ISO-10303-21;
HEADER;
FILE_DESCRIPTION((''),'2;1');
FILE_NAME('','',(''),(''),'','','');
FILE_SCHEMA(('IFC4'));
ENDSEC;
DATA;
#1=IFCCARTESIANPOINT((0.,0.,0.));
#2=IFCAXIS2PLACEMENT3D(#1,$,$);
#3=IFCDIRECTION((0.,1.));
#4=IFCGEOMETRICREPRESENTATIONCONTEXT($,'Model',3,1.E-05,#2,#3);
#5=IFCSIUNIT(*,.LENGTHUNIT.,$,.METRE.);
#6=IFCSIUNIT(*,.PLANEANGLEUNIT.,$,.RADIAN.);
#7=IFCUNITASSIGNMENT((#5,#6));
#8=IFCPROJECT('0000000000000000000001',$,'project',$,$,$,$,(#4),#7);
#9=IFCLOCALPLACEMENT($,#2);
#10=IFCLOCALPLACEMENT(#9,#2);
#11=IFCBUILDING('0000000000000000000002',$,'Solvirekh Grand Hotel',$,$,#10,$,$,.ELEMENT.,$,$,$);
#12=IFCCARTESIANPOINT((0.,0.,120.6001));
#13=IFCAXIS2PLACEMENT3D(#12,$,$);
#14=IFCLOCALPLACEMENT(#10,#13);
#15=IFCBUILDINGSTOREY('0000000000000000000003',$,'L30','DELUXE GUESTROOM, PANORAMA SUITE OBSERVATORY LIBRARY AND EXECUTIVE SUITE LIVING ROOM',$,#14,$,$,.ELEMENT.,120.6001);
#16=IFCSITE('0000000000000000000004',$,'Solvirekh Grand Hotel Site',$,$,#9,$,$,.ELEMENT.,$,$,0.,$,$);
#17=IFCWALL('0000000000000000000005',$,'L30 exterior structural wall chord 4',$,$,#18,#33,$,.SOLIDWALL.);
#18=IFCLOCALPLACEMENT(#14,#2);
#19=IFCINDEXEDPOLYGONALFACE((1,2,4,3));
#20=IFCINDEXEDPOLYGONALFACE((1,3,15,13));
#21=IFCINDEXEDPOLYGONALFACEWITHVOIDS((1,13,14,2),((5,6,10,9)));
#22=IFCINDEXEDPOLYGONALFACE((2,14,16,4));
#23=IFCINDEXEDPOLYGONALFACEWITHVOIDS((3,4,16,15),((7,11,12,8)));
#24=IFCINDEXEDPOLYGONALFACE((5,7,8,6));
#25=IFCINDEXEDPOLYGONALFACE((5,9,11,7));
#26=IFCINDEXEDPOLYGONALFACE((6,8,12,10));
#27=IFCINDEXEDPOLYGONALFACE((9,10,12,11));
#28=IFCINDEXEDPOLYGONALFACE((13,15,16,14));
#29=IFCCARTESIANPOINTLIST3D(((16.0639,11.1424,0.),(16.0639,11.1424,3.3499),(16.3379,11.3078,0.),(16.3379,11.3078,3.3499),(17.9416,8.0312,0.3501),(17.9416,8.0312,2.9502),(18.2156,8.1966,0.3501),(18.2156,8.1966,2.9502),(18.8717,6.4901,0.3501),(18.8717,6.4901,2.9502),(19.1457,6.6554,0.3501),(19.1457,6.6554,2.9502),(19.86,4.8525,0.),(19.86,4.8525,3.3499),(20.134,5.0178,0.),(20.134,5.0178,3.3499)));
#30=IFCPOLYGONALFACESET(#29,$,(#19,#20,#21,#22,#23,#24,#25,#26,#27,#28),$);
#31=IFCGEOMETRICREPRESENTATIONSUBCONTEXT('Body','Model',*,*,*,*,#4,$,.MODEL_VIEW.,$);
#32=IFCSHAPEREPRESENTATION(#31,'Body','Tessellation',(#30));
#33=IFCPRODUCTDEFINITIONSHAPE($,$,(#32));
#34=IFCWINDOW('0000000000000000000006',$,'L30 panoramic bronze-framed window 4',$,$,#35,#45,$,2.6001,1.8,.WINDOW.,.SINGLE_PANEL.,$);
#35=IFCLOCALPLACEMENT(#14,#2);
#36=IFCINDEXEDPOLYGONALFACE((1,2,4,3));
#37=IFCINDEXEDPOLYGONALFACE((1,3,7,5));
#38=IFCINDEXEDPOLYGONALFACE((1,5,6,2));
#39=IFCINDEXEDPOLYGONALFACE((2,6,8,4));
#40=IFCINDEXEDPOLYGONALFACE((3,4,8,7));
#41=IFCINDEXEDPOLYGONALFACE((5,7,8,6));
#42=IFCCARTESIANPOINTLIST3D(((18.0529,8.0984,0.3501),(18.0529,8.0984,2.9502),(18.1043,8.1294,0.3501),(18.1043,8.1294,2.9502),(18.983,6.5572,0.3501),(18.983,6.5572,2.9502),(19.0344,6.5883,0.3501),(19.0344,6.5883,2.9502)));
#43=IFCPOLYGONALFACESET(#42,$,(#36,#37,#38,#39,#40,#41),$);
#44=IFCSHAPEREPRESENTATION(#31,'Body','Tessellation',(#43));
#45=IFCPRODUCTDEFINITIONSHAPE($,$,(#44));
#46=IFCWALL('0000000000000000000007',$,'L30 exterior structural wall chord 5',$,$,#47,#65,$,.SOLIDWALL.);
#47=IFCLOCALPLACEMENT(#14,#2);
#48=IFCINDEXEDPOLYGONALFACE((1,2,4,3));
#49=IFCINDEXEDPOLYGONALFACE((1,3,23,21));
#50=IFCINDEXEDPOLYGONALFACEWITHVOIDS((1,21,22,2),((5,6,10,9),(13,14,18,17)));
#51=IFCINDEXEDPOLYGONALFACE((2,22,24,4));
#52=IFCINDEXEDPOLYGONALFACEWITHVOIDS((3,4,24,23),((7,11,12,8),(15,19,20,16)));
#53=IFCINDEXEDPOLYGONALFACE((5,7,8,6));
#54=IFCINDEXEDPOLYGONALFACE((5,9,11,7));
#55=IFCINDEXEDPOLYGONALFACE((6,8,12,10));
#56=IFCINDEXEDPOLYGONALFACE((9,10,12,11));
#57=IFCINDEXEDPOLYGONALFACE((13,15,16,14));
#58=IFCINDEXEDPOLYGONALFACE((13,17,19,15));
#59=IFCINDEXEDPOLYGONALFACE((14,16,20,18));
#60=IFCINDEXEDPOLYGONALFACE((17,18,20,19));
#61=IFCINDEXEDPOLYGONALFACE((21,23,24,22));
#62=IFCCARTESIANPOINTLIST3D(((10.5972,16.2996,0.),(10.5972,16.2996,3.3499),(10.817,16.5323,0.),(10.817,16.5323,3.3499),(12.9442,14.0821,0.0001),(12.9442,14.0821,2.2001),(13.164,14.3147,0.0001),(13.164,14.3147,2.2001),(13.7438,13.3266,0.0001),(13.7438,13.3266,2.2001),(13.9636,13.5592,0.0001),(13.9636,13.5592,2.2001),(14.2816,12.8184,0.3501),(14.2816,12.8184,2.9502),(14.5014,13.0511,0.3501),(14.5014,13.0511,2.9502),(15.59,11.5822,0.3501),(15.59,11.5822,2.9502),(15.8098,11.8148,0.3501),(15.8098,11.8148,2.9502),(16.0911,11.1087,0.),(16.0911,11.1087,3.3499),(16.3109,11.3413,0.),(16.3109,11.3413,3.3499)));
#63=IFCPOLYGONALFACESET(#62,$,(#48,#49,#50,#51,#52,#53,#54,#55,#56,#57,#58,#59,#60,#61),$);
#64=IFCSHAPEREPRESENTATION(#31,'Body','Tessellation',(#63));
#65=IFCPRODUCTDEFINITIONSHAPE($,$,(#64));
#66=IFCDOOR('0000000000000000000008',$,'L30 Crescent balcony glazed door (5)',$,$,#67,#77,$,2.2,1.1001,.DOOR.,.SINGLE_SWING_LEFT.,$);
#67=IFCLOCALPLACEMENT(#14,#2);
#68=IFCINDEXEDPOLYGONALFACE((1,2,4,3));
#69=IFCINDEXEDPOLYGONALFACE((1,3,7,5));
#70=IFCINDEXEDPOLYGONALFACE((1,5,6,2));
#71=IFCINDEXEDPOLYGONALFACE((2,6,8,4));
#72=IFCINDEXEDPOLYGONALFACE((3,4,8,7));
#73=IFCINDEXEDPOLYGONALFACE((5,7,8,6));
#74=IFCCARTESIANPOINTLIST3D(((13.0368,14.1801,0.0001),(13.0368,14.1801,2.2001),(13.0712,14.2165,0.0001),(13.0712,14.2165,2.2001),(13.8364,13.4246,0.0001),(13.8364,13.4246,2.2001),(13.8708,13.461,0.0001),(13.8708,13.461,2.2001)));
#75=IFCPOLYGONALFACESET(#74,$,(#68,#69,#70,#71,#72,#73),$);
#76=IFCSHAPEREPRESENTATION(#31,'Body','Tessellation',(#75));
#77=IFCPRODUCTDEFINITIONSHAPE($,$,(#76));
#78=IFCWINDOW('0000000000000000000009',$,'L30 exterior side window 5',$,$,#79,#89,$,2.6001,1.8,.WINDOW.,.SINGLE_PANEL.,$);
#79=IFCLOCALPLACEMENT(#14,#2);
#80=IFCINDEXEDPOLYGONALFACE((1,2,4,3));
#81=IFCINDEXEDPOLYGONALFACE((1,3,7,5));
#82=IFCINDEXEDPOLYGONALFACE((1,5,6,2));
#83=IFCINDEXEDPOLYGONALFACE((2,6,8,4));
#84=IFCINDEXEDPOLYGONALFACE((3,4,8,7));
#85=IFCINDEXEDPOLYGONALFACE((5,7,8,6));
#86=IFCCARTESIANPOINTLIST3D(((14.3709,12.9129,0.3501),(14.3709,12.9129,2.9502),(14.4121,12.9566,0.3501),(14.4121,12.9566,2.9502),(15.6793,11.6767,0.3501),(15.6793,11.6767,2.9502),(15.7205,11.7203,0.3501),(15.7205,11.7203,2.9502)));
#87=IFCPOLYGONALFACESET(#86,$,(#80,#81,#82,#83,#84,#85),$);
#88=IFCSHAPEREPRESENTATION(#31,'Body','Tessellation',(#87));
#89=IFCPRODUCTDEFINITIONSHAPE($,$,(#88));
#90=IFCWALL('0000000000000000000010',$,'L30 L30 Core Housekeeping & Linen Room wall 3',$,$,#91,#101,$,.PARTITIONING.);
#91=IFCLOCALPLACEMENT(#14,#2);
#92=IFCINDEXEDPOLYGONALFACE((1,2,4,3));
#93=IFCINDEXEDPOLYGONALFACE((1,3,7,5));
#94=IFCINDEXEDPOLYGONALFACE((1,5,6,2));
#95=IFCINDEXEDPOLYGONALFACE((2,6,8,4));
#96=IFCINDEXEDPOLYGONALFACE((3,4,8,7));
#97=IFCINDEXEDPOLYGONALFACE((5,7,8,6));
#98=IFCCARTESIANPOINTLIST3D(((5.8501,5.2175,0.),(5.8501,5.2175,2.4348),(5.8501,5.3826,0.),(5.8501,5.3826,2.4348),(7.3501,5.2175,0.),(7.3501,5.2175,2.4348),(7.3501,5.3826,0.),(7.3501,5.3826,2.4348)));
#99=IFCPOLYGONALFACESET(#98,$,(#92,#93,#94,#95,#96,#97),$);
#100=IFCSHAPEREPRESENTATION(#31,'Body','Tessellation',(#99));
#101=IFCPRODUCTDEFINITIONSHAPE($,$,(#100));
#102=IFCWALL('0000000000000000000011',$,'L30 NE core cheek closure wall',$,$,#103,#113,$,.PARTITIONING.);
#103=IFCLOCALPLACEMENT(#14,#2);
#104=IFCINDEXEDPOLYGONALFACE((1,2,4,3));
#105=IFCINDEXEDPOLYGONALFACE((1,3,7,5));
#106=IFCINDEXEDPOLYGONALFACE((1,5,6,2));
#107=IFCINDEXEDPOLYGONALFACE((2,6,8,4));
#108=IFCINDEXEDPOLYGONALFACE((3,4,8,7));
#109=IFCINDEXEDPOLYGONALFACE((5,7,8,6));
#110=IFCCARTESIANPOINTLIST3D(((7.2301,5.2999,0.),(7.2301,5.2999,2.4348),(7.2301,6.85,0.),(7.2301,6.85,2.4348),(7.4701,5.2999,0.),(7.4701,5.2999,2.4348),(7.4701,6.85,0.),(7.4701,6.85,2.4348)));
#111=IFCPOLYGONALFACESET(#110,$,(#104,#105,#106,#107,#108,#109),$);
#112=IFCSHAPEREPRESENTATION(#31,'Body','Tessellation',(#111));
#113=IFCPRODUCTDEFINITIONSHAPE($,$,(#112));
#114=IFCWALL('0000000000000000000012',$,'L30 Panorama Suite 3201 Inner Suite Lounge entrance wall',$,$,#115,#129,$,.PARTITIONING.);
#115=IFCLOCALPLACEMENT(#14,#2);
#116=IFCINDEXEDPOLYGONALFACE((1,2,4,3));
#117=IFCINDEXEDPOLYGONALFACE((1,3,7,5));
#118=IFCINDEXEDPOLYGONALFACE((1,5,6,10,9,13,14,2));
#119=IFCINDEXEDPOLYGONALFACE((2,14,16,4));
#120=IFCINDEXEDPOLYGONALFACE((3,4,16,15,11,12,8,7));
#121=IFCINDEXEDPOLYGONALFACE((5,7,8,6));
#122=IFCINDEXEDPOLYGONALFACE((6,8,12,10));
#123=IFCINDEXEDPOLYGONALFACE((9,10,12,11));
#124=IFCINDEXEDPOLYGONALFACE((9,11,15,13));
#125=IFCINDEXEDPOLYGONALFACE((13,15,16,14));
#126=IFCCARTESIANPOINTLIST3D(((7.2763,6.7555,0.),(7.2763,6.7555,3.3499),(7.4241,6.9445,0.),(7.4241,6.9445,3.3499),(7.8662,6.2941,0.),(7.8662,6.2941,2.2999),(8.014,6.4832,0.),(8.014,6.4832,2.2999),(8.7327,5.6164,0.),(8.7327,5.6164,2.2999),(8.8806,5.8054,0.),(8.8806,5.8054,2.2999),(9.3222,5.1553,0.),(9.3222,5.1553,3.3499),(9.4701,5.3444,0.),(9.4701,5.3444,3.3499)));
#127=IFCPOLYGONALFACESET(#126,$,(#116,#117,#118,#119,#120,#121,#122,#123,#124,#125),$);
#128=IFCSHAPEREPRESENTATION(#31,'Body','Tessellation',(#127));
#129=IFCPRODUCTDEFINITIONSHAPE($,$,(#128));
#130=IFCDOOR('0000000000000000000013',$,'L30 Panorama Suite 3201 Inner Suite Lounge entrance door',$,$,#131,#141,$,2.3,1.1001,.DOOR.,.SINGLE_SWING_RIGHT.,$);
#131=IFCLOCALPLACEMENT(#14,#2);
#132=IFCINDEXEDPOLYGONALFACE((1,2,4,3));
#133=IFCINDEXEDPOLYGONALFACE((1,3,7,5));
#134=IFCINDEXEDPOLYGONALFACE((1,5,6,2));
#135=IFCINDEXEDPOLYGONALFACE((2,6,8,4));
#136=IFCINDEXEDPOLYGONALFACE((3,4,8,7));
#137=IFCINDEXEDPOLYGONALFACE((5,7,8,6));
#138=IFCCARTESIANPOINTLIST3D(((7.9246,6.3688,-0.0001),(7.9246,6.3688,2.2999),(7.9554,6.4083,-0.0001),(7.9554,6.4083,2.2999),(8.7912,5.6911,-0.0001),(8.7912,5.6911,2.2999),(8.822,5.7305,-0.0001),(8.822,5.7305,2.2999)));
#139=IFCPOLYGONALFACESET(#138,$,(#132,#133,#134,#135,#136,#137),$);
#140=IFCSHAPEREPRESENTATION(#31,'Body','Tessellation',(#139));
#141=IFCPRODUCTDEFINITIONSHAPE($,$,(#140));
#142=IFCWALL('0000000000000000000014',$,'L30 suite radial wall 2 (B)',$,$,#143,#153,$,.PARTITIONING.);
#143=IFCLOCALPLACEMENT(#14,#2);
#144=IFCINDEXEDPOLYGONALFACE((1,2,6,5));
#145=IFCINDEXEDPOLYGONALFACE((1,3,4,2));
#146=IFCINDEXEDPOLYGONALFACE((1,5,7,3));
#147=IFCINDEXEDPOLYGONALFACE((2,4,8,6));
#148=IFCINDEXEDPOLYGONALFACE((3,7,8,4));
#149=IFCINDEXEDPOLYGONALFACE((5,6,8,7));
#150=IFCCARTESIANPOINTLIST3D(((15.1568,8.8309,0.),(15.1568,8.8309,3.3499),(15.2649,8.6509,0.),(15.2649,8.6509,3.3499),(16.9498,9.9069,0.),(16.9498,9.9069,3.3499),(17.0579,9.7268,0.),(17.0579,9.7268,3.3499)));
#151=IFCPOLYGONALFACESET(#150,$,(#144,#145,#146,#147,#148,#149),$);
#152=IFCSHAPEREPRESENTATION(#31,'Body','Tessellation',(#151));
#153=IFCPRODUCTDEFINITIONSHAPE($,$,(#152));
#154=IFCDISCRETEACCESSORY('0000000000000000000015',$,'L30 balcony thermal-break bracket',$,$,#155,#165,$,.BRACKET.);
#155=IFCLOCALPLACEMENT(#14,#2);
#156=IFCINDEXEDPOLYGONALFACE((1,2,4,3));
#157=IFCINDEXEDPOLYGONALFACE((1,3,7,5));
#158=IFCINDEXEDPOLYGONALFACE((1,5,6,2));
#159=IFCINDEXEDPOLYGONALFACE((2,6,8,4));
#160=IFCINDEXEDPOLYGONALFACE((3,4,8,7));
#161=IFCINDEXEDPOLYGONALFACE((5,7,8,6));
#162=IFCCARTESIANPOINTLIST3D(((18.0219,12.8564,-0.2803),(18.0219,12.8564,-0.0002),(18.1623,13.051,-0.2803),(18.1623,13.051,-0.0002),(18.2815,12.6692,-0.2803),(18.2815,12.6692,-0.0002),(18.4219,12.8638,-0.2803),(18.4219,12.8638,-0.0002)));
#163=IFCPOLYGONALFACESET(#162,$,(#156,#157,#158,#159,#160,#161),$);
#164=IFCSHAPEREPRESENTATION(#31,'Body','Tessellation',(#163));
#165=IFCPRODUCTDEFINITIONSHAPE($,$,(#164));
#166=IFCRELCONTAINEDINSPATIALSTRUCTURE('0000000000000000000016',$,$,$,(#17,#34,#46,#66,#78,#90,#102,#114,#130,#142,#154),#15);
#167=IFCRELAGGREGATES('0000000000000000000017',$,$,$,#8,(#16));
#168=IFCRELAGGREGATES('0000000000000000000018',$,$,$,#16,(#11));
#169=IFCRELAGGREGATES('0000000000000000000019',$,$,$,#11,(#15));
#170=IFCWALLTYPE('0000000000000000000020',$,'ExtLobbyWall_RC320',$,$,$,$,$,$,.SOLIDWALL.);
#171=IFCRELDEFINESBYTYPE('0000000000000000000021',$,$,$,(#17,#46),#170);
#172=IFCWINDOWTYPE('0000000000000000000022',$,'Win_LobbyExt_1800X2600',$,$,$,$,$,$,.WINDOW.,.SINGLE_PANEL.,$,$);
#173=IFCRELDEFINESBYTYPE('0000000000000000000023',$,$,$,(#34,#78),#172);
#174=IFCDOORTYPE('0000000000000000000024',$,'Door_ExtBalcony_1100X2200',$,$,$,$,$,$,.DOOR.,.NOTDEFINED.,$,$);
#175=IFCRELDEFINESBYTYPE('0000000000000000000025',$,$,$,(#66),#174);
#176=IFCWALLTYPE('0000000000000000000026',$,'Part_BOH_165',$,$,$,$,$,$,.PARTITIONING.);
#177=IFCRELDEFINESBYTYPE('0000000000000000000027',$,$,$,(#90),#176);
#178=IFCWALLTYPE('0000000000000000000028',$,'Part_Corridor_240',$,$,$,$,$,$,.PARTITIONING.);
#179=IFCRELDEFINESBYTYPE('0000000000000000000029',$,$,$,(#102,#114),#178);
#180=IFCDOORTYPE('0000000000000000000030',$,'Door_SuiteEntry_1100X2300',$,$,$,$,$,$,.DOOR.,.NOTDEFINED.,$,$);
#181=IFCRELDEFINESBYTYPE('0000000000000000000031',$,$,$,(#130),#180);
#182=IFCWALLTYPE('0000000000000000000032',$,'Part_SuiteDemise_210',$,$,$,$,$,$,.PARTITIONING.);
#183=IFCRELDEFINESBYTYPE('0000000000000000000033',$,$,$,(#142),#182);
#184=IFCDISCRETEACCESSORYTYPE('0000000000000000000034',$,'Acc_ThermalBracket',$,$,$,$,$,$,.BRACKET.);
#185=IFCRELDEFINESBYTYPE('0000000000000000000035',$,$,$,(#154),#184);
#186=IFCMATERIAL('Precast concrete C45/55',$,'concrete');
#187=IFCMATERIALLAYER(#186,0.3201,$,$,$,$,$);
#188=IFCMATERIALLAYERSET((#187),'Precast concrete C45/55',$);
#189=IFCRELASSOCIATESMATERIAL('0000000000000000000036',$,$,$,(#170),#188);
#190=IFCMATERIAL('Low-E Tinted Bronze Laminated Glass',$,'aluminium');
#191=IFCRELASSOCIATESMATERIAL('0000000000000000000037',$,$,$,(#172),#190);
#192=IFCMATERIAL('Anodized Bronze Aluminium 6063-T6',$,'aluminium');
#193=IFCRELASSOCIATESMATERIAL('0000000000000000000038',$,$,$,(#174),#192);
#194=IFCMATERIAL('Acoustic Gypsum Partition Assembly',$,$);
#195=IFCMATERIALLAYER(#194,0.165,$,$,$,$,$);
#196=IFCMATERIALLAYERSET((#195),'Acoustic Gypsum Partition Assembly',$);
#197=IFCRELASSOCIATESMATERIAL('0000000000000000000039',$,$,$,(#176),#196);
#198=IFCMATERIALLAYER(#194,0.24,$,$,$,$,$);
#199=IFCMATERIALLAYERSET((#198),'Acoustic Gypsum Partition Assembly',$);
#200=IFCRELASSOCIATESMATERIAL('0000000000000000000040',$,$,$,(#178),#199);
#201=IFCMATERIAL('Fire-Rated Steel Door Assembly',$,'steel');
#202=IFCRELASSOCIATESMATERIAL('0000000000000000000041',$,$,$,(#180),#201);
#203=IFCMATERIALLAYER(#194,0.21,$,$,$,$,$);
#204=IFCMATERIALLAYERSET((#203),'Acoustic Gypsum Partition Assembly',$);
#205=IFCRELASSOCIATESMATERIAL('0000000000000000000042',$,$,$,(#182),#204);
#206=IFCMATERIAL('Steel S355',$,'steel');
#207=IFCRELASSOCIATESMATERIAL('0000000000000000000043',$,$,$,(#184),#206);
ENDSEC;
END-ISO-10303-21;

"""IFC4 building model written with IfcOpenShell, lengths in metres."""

from ifc_helpers import new_model, si_unit, direction, frame, frame_2d, origin, origin_2d, place, context, subcontext, project, spatial, rectangle, extrude, material, layer, layer_set, type_object, element, fill, save


model = new_model("IFC4")

# Units and contexts
model_context = context("Model", 3, precision=1e-05, world=origin(), true_north=direction((0.0, 1.0)))
body_context = subcontext(model_context, "Body", "Model", "MODEL_VIEW")
ifc_project = project(units=[si_unit("LENGTHUNIT", "METRE"), si_unit("PLANEANGLEUNIT", "RADIAN")], contexts=[model_context])

# Site, building, storey
site_placement = place(None, origin())
site = spatial("IfcSite", under=ifc_project, at=site_placement, Name="Solvirekh Grand Hotel Site", CompositionType="ELEMENT", RefElevation=0.0)
building_placement = place(site_placement, origin())
building = spatial("IfcBuilding", under=site, at=building_placement, Name="Solvirekh Grand Hotel", CompositionType="ELEMENT")
storey_placement = place(building_placement, frame((0.0, 0.0, 120.6001)))
storey = spatial("IfcBuildingStorey", under=building, at=storey_placement, Name="L30", Description="DELUXE GUESTROOM, PANORAMA SUITE OBSERVATORY LIBRARY AND EXECUTIVE SUITE LIVING ROOM", CompositionType="ELEMENT", Elevation=120.6001)

# Shared definitions
ifc_material_1 = material(Name="Steel S355", Category="steel")

# Wall, opening, window
ifc_material_2 = material(Name="Precast concrete C45/55", Category="concrete")
ifc_layer_1 = layer(ifc_material_2, 0.3201)
ifc_layer_set_1 = layer_set([ifc_layer_1], Name="Precast concrete C45/55")
wall_type_1 = type_object("IfcWallType", Name="ExtLobbyWall_RC320", PredefinedType="SOLIDWALL", material=ifc_layer_set_1)
wall_1_placement = place(storey_placement, frame((16.2009, 11.2251, 0.0), z_axis=(0.0, 0.0, 1.0), x_axis=(0.516708, -0.856162, 0.0)))
wall_1 = element("IfcWall", 1, at=wall_1_placement, inside=storey, type_object=wall_type_1, Name="L30 exterior structural wall chord 4", PredefinedType="SOLIDWALL", context=body_context, shape_type="SweptSolid", body=[
    extrude(rectangle(XDim=7.3467, YDim=0.3201, at=frame_2d((3.6733, 0.0))), origin(), (0.0, 0.0, 1.0), 3.3499),
])
opening_1_placement = place(wall_1_placement, frame((3.634, 0.0, 0.3501)))
opening_1 = element("IfcOpeningElement", 2, at=opening_1_placement, cuts=wall_1, PredefinedType="OPENING", context=body_context, shape_type="SweptSolid", body=[
    extrude(rectangle(XDim=1.8, YDim=2.6001, at=frame_2d((0.8999, 1.3))), frame((0.0, 0.1699, 0.0), z_axis=(0.0, -1.0, 0.0), x_axis=(1.0, 0.0, 0.0)), (0.0, 0.0, 1.0), 0.3401),
])
ifc_material_3 = material(Name="Low-E Tinted Bronze Laminated Glass", Category="aluminium")
window_type = type_object("IfcWindowType", Name="Win_LobbyExt_1800X2600", PartitioningType="SINGLE_PANEL", PredefinedType="WINDOW", material=ifc_material_3)
window_1_placement = place(opening_1_placement, origin())
window_1 = element("IfcWindow", 3, at=window_1_placement, inside=storey, type_object=window_type, Name="L30 panoramic bronze-framed window 4", OverallHeight=2.6001, OverallWidth=1.8, PartitioningType="SINGLE_PANEL", PredefinedType="WINDOW", context=body_context, shape_type="SweptSolid", body=[
    extrude(rectangle(XDim=1.8, YDim=2.6001, at=frame_2d((0.8999, 1.3))), frame((0.0, 0.03, 0.0), z_axis=(0.0, -1.0, 0.0), x_axis=(1.0, 0.0, 0.0)), (0.0, 0.0, 1.0), 0.0601),
])
fill(opening_1, window_1)

# Wall, openings, door, window
wall_2_placement = place(storey_placement, frame((10.707, 16.416, 0.0), z_axis=(0.0, 0.0, 1.0), x_axis=(0.726865, -0.68678, 0.0)))
wall_2 = element("IfcWall", 4, at=wall_2_placement, inside=storey, type_object=wall_type_1, Name="L30 exterior structural wall chord 5", PredefinedType="SOLIDWALL", context=body_context, shape_type="SweptSolid", body=[
    extrude(rectangle(XDim=7.5583, YDim=0.3201, at=frame_2d((3.7793, 0.0))), origin(), (0.0, 0.0, 1.0), 3.3499),
])
opening_2_placement = place(wall_2_placement, frame((5.0691, 0.0, 0.3501)))
opening_2 = element("IfcOpeningElement", 5, at=opening_2_placement, cuts=wall_2, PredefinedType="OPENING", context=body_context, shape_type="SweptSolid", body=[
    extrude(rectangle(XDim=1.8, YDim=2.6001, at=frame_2d((0.8999, 1.3))), frame((0.0, 0.1699, 0.0), z_axis=(0.0, -1.0, 0.0), x_axis=(1.0, 0.0, 0.0)), (0.0, 0.0, 1.0), 0.3401),
])
opening_3_placement = place(wall_2_placement, frame((3.229, 0.0, 0.0)))
opening_3 = element("IfcOpeningElement", 6, at=opening_3_placement, cuts=wall_2, PredefinedType="OPENING", context=body_context, shape_type="SweptSolid", body=[
    extrude(rectangle(XDim=1.1001, YDim=2.2, at=frame_2d((0.55, 1.1001))), frame((0.0, 0.1699, 0.0), z_axis=(0.0, -1.0, 0.0), x_axis=(1.0, 0.0, 0.0)), (0.0, 0.0, 1.0), 0.3401),
])
ifc_material_4 = material(Name="Anodized Bronze Aluminium 6063-T6", Category="aluminium")
door_type_1 = type_object("IfcDoorType", Name="Door_ExtBalcony_1100X2200", OperationType="NOTDEFINED", PredefinedType="DOOR", material=ifc_material_4)
door_1_placement = place(opening_3_placement, origin())
door_1 = element("IfcDoor", 7, at=door_1_placement, inside=storey, type_object=door_type_1, Name="L30 Crescent balcony glazed door (5)", OperationType="SINGLE_SWING_LEFT", OverallHeight=2.2, OverallWidth=1.1001, PredefinedType="DOOR", context=body_context, shape_type="SweptSolid", body=[
    extrude(rectangle(XDim=1.1001, YDim=2.2, at=frame_2d((0.55, 1.1001))), frame((0.0, 0.0249, 0.0), z_axis=(0.0, -1.0, 0.0), x_axis=(1.0, 0.0, 0.0)), (0.0, 0.0, 1.0), 0.05),
])
fill(opening_3, door_1)
window_2_placement = place(opening_2_placement, origin())
window_2 = element("IfcWindow", 8, at=window_2_placement, inside=storey, type_object=window_type, Name="L30 exterior side window 5", OverallHeight=2.6001, OverallWidth=1.8, PartitioningType="SINGLE_PANEL", PredefinedType="WINDOW", context=body_context, shape_type="SweptSolid", body=[
    extrude(rectangle(XDim=1.8, YDim=2.6001, at=frame_2d((0.8999, 1.3))), frame((0.0, 0.03, 0.0), z_axis=(0.0, -1.0, 0.0), x_axis=(1.0, 0.0, 0.0)), (0.0, 0.0, 1.0), 0.0601),
])
fill(opening_2, window_2)

# Walls
ifc_material_5 = material(Name="Acoustic Gypsum Partition Assembly")
ifc_layer_2 = layer(ifc_material_5, 0.165)
ifc_layer_set_2 = layer_set([ifc_layer_2], Name="Acoustic Gypsum Partition Assembly")
wall_type_2 = type_object("IfcWallType", Name="Part_BOH_165", PredefinedType="PARTITIONING", material=ifc_layer_set_2)
wall_3_placement = place(storey_placement, frame((7.3501, 5.3, 0.0), z_axis=(0.0, 0.0, 1.0), x_axis=(-1.0, 0.0, 0.0)))
element("IfcWall", 9, at=wall_3_placement, inside=storey, type_object=wall_type_2, Name="L30 L30 Core Housekeeping & Linen Room wall 3", PredefinedType="PARTITIONING", context=body_context, shape_type="SweptSolid", body=[
    extrude(rectangle(XDim=1.5, YDim=0.165, at=frame_2d((0.75, 0.0))), origin(), (0.0, 0.0, 1.0), 2.4348),
])
ifc_layer_3 = layer(ifc_material_5, 0.24)
ifc_layer_set_3 = layer_set([ifc_layer_3], Name="Acoustic Gypsum Partition Assembly")
wall_type_3 = type_object("IfcWallType", Name="Part_Corridor_240", PredefinedType="PARTITIONING", material=ifc_layer_set_3)
wall_4_placement = place(storey_placement, frame((7.3501, 5.3, 0.0), z_axis=(0.0, 0.0, 1.0), x_axis=(0.0, 1.0, 0.0)))
element("IfcWall", 10, at=wall_4_placement, inside=storey, type_object=wall_type_3, Name="L30 NE core cheek closure wall", PredefinedType="PARTITIONING", context=body_context, shape_type="SweptSolid", body=[
    extrude(rectangle(XDim=1.55, YDim=0.24, at=frame_2d((0.7749, 0.0))), origin(), (0.0, 0.0, 1.0), 2.4348),
])

# Wall, opening, door
wall_5_placement = place(storey_placement, frame((7.3501, 6.8501, 0.0), z_axis=(0.0, 0.0, 1.0), x_axis=(0.787699, -0.61606, 0.0)))
wall_5 = element("IfcWall", 11, at=wall_5_placement, inside=storey, type_object=wall_type_3, Name="L30 Panorama Suite 3201 Inner Suite Lounge entrance wall", PredefinedType="PARTITIONING", context=body_context, shape_type="SweptSolid", body=[
    extrude(rectangle(XDim=2.5974, YDim=0.24, at=frame_2d((1.2988, 0.0))), origin(), (0.0, 0.0, 1.0), 3.3499),
])
opening_4_placement = place(wall_5_placement, frame((0.749, 0.0, 0.0)))
opening_4 = element("IfcOpeningElement", 12, at=opening_4_placement, cuts=wall_5, PredefinedType="OPENING", context=body_context, shape_type="SweptSolid", body=[
    extrude(rectangle(XDim=1.1001, YDim=2.3, at=frame_2d((0.55, 1.1499))), frame((0.0, 0.1299, 0.0), z_axis=(0.0, -1.0, 0.0), x_axis=(1.0, 0.0, 0.0)), (0.0, 0.0, 1.0), 0.26),
])
ifc_material_6 = material(Name="Fire-Rated Steel Door Assembly", Category="steel")
door_type_2 = type_object("IfcDoorType", Name="Door_SuiteEntry_1100X2300", OperationType="NOTDEFINED", PredefinedType="DOOR", material=ifc_material_6)
door_2_placement = place(opening_4_placement, origin())
door_2 = element("IfcDoor", 13, at=door_2_placement, inside=storey, type_object=door_type_2, Name="L30 Panorama Suite 3201 Inner Suite Lounge entrance door", OperationType="SINGLE_SWING_RIGHT", OverallHeight=2.3, OverallWidth=1.1001, PredefinedType="DOOR", context=body_context, shape_type="SweptSolid", body=[
    extrude(rectangle(XDim=1.1001, YDim=2.3, at=frame_2d((0.55, 1.1499))), frame((0.0, 0.0249, 0.0), z_axis=(0.0, -1.0, 0.0), x_axis=(1.0, 0.0, 0.0)), (0.0, 0.0, 1.0), 0.05),
])
fill(opening_4, door_2)

# Wall
ifc_layer_4 = layer(ifc_material_5, 0.21)
ifc_layer_set_4 = layer_set([ifc_layer_4], Name="Acoustic Gypsum Partition Assembly")
wall_type_4 = type_object("IfcWallType", Name="Part_SuiteDemise_210", PredefinedType="PARTITIONING", material=ifc_layer_set_4)
wall_6_placement = place(storey_placement, frame((15.2109, 8.741, 0.0), z_axis=(0.0, 0.0, 1.0), x_axis=(0.857462, 0.514547, 0.0)))
element("IfcWall", 14, at=wall_6_placement, inside=storey, type_object=wall_type_4, Name="L30 suite radial wall 2 (B)", PredefinedType="PARTITIONING", context=body_context, shape_type="SweptSolid", body=[
    extrude(rectangle(XDim=2.0911, YDim=0.21, at=frame_2d((1.0454, 0.0))), origin(), (0.0, 0.0, 1.0), 3.3499),
])

# Discrete accessory
discrete_accessory_type = type_object("IfcDiscreteAccessoryType", Name="Acc_ThermalBracket", PredefinedType="BRACKET", material=ifc_material_1)
discrete_accessory_placement = place(storey_placement, frame((18.2219, 12.8601, -0.2803), z_axis=(0.0, 0.0, 1.0), x_axis=(0.811064, -0.584958, 0.0)))
element("IfcDiscreteAccessory", 15, at=discrete_accessory_placement, inside=storey, type_object=discrete_accessory_type, Name="L30 balcony thermal-break bracket", PredefinedType="BRACKET", context=body_context, shape_type="SweptSolid", body=[
    extrude(rectangle(XDim=0.3201, YDim=0.24, at=origin_2d()), origin(), (0.0, 0.0, 1.0), 0.28),
])

save(model, "model.ifc")
